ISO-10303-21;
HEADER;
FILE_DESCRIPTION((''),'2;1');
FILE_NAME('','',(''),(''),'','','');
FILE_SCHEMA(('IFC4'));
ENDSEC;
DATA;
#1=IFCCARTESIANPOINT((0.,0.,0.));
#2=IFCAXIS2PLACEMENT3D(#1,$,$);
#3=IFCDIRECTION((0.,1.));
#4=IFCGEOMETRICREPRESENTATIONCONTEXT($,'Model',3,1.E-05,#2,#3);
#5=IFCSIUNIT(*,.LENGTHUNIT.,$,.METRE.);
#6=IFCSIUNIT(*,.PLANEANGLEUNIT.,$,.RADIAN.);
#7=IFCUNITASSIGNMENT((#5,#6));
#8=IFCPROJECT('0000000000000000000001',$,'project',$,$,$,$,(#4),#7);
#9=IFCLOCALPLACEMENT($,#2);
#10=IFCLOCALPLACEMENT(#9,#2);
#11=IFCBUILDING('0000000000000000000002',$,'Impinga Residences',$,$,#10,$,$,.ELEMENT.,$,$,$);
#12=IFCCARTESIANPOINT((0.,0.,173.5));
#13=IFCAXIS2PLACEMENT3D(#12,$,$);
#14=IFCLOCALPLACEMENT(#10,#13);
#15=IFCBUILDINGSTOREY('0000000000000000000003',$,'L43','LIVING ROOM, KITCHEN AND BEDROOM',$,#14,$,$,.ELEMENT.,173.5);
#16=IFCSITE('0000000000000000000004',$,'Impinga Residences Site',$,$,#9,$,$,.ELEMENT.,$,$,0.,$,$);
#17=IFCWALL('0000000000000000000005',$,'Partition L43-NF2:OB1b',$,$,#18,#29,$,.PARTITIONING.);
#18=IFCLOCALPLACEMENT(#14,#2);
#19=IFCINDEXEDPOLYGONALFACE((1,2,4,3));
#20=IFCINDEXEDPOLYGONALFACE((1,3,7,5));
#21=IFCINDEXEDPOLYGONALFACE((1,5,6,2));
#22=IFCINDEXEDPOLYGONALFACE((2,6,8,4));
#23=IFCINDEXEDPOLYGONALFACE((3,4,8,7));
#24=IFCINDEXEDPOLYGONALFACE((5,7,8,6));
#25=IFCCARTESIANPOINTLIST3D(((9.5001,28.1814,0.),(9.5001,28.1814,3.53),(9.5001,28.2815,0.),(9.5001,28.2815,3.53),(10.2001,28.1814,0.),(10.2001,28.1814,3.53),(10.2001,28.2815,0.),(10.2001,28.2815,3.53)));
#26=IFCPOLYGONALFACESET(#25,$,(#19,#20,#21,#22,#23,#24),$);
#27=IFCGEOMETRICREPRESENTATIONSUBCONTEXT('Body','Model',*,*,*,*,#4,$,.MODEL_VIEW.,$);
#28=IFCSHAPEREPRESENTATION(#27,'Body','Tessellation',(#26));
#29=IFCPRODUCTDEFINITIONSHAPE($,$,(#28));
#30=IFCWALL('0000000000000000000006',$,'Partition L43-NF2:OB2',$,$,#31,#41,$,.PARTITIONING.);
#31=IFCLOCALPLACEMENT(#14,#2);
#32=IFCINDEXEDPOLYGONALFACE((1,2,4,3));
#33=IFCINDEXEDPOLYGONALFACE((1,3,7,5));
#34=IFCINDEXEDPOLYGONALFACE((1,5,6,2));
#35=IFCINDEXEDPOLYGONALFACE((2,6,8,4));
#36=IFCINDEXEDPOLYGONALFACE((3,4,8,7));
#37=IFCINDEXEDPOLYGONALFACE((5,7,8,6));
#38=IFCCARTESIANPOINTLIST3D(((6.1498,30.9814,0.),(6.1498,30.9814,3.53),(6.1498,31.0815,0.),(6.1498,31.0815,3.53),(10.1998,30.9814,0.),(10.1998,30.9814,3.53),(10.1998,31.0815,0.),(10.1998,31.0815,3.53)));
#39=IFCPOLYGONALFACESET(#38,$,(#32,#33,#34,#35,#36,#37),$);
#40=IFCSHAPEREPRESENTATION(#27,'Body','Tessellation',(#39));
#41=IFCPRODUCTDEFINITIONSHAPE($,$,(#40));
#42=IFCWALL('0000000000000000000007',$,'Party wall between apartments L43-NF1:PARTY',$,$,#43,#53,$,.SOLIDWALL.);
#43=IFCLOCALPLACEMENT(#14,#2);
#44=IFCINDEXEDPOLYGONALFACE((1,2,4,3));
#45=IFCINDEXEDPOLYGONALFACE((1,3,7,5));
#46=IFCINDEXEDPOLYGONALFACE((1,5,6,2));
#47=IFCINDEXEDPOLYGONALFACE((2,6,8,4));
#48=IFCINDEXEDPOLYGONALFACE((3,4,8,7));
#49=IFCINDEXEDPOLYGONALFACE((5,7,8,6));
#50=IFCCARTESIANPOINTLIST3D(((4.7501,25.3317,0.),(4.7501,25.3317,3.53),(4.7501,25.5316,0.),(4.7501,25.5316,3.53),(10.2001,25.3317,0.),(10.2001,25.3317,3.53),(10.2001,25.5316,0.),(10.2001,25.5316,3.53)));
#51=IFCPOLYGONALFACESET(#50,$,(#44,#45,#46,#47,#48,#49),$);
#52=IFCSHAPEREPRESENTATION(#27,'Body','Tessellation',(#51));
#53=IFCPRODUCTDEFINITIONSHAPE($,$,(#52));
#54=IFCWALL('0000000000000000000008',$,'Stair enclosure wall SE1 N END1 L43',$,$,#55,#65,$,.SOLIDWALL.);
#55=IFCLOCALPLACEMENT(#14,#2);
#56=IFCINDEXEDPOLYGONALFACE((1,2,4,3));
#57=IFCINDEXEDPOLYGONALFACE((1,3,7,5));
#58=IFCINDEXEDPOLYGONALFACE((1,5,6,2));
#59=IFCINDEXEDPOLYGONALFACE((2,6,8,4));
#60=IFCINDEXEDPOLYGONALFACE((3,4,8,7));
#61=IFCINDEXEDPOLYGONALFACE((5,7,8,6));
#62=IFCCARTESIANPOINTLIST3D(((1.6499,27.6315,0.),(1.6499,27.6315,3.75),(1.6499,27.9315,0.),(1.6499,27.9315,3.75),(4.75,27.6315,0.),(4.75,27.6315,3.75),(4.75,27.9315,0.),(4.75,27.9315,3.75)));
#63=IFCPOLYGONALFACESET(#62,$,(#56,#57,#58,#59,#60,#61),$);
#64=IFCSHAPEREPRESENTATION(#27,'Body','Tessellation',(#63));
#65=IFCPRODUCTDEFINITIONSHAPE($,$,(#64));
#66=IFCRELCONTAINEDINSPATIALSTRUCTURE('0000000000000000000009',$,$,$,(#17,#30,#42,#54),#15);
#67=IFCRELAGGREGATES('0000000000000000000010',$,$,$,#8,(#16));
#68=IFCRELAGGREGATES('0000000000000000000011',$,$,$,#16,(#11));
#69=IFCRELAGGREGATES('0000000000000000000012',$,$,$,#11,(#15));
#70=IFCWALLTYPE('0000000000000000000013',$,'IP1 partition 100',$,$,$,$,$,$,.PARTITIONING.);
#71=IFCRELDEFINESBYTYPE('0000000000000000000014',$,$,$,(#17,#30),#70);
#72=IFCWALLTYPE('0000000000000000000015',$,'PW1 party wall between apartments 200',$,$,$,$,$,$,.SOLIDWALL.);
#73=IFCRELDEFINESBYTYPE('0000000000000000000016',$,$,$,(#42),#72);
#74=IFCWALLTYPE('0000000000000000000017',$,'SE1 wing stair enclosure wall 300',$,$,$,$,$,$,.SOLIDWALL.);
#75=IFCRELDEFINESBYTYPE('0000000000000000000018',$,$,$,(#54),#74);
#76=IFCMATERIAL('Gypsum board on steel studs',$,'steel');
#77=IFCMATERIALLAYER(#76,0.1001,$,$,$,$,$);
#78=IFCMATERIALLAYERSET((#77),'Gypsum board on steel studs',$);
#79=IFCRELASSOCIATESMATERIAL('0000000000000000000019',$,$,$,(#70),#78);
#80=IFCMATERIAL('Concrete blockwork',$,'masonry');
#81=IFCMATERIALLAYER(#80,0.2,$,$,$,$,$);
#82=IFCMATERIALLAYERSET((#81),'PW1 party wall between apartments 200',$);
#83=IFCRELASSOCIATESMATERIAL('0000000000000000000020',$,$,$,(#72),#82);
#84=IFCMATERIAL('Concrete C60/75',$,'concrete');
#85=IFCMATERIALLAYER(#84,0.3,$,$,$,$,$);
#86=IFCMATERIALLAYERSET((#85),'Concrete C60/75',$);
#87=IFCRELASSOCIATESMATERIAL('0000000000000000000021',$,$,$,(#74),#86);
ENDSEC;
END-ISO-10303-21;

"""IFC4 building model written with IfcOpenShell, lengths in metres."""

from ifc_helpers import new_model, si_unit, direction, frame, frame_2d, origin, place, context, subcontext, project, spatial, rectangle, extrude, material, layer, layer_set, type_object, element, save


model = new_model("IFC4")

# Units and contexts
model_context = context("Model", 3, precision=1e-05, world=origin(), true_north=direction((0.0, 1.0)))
body_context = subcontext(model_context, "Body", "Model", "MODEL_VIEW")
ifc_project = project(units=[si_unit("LENGTHUNIT", "METRE"), si_unit("PLANEANGLEUNIT", "RADIAN")], contexts=[model_context])

# Site, building, storey
site_placement = place(None, origin())
site = spatial("IfcSite", under=ifc_project, at=site_placement, Name="Impinga Residences Site", CompositionType="ELEMENT", RefElevation=0.0)
building_placement = place(site_placement, origin())
building = spatial("IfcBuilding", under=site, at=building_placement, Name="Impinga Residences", CompositionType="ELEMENT")
storey_placement = place(building_placement, frame((0.0, 0.0, 173.5)))
storey = spatial("IfcBuildingStorey", under=building, at=storey_placement, Name="L43", Description="LIVING ROOM, KITCHEN AND BEDROOM", CompositionType="ELEMENT", Elevation=173.5)

# Shared definitions
ifc_material_1 = material(Name="Concrete C60/75", Category="concrete")

# Shared definitions
ifc_material_2 = material(Name="Gypsum board on steel studs", Category="steel")
ifc_layer_1 = layer(ifc_material_2, 0.1001)
ifc_layer_set_1 = layer_set([ifc_layer_1], Name="Gypsum board on steel studs")
wall_type_1 = type_object("IfcWallType", Name="IP1 partition 100", PredefinedType="PARTITIONING", material=ifc_layer_set_1)

# Walls
wall_1_placement = place(storey_placement, frame((9.5, 28.2314, 0.0), z_axis=(0.0, 0.0, 1.0), x_axis=(1.0, 0.0, 0.0)))
element("IfcWall", 1, at=wall_1_placement, inside=storey, type_object=wall_type_1, Name="Partition L43-NF2:OB1b", PredefinedType="PARTITIONING", context=body_context, shape_type="SweptSolid", body=[
    extrude(rectangle(XDim=0.7, YDim=0.1001, at=frame_2d((0.3501, 0.0))), origin(), (0.0, 0.0, 1.0), 3.53),
])
wall_2_placement = place(storey_placement, frame((6.1499, 31.0315, 0.0), z_axis=(0.0, 0.0, 1.0), x_axis=(1.0, 0.0, 0.0)))
element("IfcWall", 2, at=wall_2_placement, inside=storey, type_object=wall_type_1, Name="Partition L43-NF2:OB2", PredefinedType="PARTITIONING", context=body_context, shape_type="SweptSolid", body=[
    extrude(rectangle(XDim=4.05, YDim=0.1001, at=frame_2d((2.0249, 0.0))), origin(), (0.0, 0.0, 1.0), 3.53),
])
ifc_material_3 = material(Name="Concrete blockwork", Category="masonry")
ifc_layer_2 = layer(ifc_material_3, 0.2)
ifc_layer_set_2 = layer_set([ifc_layer_2], Name="PW1 party wall between apartments 200")
wall_type_2 = type_object("IfcWallType", Name="PW1 party wall between apartments 200", PredefinedType="SOLIDWALL", material=ifc_layer_set_2)
wall_3_placement = place(storey_placement, frame((4.75, 25.4316, 0.0), z_axis=(0.0, 0.0, 1.0), x_axis=(1.0, 0.0, 0.0)))
element("IfcWall", 3, at=wall_3_placement, inside=storey, type_object=wall_type_2, Name="Party wall between apartments L43-NF1:PARTY", PredefinedType="SOLIDWALL", context=body_context, shape_type="SweptSolid", body=[
    extrude(rectangle(XDim=5.45, YDim=0.2, at=frame_2d((2.7251, 0.0))), origin(), (0.0, 0.0, 1.0), 3.53),
])
ifc_layer_3 = layer(ifc_material_1, 0.3)
ifc_layer_set_3 = layer_set([ifc_layer_3], Name="Concrete C60/75")
wall_type_3 = type_object("IfcWallType", Name="SE1 wing stair enclosure wall 300", PredefinedType="SOLIDWALL", material=ifc_layer_set_3)
wall_4_placement = place(storey_placement, frame((1.6499, 27.7815, 0.0), z_axis=(0.0, 0.0, 1.0), x_axis=(1.0, 0.0, 0.0)))
element("IfcWall", 4, at=wall_4_placement, inside=storey, type_object=wall_type_3, Name="Stair enclosure wall SE1 N END1 L43", PredefinedType="SOLIDWALL", context=body_context, shape_type="SweptSolid", body=[
    extrude(rectangle(XDim=3.1001, YDim=0.3, at=frame_2d((1.55, 0.0))), origin(), (0.0, 0.0, 1.0), 3.75),
])

save(model, "model.ifc")
